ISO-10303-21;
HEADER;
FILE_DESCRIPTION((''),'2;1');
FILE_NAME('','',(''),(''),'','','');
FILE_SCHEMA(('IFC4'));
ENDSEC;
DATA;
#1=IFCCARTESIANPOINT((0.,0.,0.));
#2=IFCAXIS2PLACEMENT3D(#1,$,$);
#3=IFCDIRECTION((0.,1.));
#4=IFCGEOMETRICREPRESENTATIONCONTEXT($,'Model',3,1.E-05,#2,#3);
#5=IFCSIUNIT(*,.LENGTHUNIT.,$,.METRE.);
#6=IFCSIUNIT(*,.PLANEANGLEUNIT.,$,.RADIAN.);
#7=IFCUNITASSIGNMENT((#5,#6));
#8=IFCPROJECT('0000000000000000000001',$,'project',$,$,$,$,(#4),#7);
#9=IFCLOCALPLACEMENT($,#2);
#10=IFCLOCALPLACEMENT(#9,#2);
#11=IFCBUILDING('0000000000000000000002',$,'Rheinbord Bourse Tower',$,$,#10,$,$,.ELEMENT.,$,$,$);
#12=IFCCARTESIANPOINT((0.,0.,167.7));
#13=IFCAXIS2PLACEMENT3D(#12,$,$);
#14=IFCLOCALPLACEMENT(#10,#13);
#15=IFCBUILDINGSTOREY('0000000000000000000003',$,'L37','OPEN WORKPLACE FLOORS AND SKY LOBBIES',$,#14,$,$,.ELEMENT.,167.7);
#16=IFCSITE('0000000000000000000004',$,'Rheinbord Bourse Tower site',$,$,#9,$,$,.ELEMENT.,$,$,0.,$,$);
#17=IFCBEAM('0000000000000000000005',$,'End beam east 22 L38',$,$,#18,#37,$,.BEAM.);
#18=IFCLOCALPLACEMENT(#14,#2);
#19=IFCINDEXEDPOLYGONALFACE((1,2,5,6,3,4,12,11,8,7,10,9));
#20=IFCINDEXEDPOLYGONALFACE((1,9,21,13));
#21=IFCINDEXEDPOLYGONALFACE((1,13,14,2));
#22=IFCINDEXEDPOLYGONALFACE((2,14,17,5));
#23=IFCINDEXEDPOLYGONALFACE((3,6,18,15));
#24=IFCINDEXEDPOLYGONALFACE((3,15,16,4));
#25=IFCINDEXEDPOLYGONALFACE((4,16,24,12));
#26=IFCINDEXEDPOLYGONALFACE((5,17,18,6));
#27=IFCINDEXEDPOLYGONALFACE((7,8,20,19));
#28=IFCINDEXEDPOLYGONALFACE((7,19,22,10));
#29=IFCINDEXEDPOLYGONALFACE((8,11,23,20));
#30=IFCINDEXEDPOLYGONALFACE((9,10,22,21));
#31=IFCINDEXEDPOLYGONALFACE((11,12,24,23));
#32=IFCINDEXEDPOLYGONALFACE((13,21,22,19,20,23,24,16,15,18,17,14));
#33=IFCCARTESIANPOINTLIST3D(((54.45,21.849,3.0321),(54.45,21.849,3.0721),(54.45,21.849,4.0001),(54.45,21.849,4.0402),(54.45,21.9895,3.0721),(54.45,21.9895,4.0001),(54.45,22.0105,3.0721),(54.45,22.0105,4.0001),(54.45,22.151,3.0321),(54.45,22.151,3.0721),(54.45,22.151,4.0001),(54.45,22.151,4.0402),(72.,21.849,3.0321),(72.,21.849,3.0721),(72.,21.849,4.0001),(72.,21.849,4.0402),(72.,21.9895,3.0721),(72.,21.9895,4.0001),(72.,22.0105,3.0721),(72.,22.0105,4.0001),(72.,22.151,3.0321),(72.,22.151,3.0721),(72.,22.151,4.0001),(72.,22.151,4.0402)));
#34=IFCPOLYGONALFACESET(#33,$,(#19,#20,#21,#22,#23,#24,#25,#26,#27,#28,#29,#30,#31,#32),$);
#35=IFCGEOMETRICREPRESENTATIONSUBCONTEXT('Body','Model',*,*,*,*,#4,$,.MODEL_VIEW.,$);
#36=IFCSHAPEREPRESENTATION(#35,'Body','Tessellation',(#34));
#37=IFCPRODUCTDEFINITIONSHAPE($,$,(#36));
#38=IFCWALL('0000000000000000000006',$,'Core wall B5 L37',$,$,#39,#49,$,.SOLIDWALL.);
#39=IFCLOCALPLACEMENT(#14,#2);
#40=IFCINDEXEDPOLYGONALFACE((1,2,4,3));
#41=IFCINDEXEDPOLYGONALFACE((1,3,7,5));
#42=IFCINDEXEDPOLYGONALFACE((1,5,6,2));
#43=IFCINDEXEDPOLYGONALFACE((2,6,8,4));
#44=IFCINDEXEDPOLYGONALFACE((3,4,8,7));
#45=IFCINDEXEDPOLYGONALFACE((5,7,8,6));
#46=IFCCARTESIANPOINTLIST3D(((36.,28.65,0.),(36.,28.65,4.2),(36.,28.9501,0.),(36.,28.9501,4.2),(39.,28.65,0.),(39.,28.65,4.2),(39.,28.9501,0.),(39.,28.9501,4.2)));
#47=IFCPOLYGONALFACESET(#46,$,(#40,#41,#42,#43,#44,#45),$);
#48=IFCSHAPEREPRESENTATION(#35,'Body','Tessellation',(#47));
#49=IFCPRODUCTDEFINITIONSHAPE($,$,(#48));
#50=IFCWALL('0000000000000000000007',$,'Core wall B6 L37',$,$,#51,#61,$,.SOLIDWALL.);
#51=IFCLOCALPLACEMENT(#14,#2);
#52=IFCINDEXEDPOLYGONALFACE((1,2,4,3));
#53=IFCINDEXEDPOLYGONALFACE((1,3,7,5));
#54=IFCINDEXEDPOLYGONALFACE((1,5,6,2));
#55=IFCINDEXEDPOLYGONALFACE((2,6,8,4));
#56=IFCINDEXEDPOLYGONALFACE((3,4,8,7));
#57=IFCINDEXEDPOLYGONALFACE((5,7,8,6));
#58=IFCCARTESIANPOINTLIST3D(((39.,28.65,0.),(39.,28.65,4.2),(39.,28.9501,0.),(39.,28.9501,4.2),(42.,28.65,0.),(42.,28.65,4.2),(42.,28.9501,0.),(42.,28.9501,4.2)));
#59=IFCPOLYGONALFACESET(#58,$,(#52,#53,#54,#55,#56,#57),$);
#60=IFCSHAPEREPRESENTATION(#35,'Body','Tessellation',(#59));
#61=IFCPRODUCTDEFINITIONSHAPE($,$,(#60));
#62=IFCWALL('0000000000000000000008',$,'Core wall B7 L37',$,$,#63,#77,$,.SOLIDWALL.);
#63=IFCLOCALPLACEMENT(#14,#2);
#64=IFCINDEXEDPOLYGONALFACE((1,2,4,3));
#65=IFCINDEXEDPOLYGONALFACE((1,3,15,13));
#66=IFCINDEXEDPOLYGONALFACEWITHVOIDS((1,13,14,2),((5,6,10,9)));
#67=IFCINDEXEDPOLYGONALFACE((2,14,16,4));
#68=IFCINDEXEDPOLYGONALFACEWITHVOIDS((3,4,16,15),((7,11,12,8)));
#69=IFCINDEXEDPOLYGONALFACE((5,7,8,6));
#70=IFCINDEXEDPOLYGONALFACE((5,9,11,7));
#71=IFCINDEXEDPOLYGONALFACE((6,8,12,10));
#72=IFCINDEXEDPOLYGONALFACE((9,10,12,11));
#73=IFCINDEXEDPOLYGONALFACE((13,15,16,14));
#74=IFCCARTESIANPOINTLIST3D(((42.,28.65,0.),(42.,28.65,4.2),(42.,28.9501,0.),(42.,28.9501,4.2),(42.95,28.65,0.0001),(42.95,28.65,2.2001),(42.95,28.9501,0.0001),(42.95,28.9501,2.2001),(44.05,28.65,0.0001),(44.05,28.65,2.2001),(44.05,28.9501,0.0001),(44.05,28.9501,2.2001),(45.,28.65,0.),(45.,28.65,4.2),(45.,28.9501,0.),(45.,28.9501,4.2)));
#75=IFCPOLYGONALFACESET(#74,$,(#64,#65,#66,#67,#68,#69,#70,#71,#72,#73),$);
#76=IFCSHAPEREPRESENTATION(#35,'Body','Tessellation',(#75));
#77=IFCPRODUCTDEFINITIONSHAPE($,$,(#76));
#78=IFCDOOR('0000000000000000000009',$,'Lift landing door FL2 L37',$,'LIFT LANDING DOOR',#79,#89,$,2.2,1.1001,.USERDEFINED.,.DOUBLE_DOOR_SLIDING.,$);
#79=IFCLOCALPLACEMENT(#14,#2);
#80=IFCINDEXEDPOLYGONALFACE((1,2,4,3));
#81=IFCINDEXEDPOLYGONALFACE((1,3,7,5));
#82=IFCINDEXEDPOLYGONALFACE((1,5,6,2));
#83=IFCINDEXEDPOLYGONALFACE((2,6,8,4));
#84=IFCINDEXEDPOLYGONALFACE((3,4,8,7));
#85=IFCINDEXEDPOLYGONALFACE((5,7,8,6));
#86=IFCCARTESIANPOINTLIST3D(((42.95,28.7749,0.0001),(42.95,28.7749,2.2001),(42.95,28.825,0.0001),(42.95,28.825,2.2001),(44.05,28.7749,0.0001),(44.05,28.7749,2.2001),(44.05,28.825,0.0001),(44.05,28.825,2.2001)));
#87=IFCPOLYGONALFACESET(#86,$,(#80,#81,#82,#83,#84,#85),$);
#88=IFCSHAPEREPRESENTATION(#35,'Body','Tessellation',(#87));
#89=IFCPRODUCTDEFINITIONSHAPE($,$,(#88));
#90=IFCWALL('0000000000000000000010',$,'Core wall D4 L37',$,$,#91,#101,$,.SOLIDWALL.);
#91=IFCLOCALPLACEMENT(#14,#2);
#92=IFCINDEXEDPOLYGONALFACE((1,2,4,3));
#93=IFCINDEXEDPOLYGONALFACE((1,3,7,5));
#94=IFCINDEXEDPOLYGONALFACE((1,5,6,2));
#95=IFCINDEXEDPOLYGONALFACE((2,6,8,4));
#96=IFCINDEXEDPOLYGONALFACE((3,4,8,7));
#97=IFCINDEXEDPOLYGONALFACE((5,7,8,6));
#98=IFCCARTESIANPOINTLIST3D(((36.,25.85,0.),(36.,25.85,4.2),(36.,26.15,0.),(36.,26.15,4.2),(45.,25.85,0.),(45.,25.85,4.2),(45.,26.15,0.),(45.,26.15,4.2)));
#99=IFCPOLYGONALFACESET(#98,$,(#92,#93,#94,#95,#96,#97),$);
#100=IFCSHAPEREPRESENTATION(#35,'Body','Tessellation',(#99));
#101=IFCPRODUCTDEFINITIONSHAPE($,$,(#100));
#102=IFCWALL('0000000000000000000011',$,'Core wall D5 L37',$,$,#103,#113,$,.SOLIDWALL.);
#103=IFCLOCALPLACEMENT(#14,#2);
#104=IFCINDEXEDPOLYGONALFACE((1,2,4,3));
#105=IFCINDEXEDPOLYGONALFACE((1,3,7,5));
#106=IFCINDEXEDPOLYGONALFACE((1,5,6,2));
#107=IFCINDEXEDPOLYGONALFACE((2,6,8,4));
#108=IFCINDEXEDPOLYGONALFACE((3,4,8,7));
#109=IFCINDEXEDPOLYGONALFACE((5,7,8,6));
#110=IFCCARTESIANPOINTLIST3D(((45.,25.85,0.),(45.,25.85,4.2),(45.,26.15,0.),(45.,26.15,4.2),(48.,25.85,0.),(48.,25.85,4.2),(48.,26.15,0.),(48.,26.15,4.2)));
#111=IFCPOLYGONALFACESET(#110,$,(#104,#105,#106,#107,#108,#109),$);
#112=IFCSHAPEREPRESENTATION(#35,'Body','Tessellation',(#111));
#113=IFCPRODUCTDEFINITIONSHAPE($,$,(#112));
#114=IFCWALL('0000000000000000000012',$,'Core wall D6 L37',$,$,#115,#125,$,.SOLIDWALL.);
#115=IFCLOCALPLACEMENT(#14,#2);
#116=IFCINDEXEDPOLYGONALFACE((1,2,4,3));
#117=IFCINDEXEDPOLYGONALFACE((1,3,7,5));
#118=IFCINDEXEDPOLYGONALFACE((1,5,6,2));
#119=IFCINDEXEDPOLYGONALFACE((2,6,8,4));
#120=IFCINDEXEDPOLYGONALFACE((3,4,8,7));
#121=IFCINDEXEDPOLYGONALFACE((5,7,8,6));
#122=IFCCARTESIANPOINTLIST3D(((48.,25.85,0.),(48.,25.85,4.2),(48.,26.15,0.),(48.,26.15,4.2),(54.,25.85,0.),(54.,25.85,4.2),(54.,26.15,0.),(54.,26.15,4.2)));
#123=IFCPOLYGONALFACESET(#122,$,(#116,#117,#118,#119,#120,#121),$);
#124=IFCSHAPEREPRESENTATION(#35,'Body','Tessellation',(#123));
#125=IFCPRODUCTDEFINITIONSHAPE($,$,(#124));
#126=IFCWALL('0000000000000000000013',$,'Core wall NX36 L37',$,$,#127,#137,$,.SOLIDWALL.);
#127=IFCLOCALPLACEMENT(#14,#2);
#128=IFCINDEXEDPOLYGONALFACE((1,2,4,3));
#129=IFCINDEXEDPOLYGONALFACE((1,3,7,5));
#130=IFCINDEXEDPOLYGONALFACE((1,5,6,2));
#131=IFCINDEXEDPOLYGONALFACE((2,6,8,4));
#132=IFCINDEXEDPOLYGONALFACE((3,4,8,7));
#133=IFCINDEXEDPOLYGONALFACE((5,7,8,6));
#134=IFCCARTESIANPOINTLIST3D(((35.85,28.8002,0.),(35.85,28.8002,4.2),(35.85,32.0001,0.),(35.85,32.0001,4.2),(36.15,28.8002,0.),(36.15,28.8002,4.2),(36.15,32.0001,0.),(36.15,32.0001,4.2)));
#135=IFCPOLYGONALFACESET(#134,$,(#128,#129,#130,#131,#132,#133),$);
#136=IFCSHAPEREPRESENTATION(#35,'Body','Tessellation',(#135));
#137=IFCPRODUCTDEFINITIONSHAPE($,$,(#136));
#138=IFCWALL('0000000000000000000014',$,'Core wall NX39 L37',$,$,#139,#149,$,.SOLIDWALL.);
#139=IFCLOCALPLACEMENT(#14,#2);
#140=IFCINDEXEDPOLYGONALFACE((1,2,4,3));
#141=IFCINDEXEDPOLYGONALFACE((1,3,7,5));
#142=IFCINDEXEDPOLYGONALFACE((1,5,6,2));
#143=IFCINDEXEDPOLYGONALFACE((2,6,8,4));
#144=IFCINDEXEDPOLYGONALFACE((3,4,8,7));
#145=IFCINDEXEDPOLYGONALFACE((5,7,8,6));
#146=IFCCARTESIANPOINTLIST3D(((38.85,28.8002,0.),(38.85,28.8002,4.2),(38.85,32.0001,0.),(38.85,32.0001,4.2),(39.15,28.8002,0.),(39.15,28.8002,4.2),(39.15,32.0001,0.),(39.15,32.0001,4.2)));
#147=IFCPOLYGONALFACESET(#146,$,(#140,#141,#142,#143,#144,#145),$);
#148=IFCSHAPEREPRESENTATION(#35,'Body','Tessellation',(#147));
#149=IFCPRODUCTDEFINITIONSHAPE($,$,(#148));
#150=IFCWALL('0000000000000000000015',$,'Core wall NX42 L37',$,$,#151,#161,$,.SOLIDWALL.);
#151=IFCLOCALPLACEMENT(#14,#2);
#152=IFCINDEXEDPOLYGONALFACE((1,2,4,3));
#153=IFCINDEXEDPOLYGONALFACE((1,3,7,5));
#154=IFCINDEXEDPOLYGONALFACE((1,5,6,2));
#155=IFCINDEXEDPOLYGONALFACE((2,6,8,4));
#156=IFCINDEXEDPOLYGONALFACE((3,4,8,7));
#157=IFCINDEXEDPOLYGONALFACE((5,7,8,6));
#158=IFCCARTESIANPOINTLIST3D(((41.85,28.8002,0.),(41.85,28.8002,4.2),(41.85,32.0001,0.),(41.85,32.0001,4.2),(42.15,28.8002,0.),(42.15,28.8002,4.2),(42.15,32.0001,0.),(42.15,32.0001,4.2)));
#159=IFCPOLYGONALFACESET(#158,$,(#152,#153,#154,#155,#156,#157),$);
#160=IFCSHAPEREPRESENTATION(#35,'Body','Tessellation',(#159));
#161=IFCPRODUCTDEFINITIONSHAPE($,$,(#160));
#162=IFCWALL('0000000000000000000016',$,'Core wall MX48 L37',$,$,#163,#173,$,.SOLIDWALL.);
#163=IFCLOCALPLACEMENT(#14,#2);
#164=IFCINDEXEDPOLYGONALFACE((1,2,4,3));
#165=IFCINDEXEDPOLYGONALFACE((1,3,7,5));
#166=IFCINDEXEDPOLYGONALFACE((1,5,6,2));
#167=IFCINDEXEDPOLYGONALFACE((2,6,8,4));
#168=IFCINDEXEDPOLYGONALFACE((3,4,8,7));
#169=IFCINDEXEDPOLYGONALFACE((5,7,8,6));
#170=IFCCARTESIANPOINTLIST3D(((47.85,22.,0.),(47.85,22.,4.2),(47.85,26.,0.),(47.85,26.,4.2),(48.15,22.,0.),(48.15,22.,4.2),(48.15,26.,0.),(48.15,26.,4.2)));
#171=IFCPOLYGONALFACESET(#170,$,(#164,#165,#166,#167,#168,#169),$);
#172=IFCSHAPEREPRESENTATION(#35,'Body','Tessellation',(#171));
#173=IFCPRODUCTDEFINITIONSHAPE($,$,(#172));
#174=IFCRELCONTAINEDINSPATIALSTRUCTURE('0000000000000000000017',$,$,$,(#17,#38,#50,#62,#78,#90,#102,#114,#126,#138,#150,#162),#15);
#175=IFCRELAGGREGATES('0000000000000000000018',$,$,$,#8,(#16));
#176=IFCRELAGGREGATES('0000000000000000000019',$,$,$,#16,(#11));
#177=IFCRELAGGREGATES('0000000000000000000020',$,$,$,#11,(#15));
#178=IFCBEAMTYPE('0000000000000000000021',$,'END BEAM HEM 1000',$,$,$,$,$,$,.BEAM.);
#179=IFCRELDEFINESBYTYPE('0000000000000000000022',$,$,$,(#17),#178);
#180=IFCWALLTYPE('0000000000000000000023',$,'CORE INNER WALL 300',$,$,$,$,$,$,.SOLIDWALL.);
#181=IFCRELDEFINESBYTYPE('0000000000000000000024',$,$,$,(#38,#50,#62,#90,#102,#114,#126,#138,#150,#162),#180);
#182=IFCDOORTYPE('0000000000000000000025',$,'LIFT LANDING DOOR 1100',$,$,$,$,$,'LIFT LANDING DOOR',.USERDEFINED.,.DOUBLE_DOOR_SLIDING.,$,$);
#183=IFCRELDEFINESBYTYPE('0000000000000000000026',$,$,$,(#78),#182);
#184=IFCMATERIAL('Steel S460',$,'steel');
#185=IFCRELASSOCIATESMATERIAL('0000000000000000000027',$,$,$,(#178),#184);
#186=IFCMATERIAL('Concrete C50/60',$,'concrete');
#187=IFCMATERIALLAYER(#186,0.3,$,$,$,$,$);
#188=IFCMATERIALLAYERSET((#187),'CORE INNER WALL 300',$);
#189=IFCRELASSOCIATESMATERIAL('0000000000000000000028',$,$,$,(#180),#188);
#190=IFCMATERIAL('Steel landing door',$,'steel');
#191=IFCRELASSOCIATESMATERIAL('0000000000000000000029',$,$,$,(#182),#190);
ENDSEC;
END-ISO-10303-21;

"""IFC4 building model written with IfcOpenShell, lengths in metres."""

from ifc_helpers import new_model, si_unit, direction, frame, frame_2d, origin, origin_2d, place, context, subcontext, project, spatial, rectangle, i_section, extrude, material, layer, layer_set, material_profile, profile_set, type_object, element, fill, save


model = new_model("IFC4")

# Units and contexts
model_context = context("Model", 3, precision=1e-05, world=origin(), true_north=direction((0.0, 1.0)))
body_context = subcontext(model_context, "Body", "Model", "MODEL_VIEW")
ifc_project = project(units=[si_unit("LENGTHUNIT", "METRE"), si_unit("PLANEANGLEUNIT", "RADIAN")], contexts=[model_context])

# Site, building, storey
site_placement = place(None, origin())
site = spatial("IfcSite", under=ifc_project, at=site_placement, Name="Rheinbord Bourse Tower site", CompositionType="ELEMENT", RefElevation=0.0)
building_placement = place(site_placement, origin())
building = spatial("IfcBuilding", under=site, at=building_placement, Name="Rheinbord Bourse Tower", CompositionType="ELEMENT")
storey_placement = place(building_placement, frame((0.0, 0.0, 167.7)))
storey = spatial("IfcBuildingStorey", under=building, at=storey_placement, Name="L37", Description="OPEN WORKPLACE FLOORS AND SKY LOBBIES", CompositionType="ELEMENT", Elevation=167.7)

# Beam
ifc_material_1 = material(Name="Steel S460", Category="steel")
ifc_material_profile = material_profile(ifc_material_1, i_section(OverallWidth=0.302, OverallDepth=1.0081, WebThickness=0.021, FlangeThickness=0.04, at=origin_2d()), Name="HEM 1000")
ifc_profile_set = profile_set([ifc_material_profile], Name="Steel S460")
beam_type = type_object("IfcBeamType", Name="END BEAM HEM 1000", PredefinedType="BEAM", material=ifc_profile_set)
beam_placement = place(storey_placement, frame((54.45, 22.0, 3.5361), z_axis=(1.0, 0.0, 0.0), x_axis=(0.0, 1.0, 0.0)))
element("IfcBeam", 1, at=beam_placement, inside=storey, type_object=beam_type, Name="End beam east 22 L38", PredefinedType="BEAM", context=body_context, shape_type="SweptSolid", body=[
    extrude(i_section(OverallWidth=0.302, OverallDepth=1.0081, WebThickness=0.021, FlangeThickness=0.04, at=origin_2d()), origin(), (0.0, 0.0, 1.0), 17.55),
])

# Walls
ifc_material_2 = material(Name="Concrete C50/60", Category="concrete")
ifc_layer_1 = layer(ifc_material_2, 0.3)
ifc_layer_set_1 = layer_set([ifc_layer_1], Name="CORE INNER WALL 300")
wall_type_1 = type_object("IfcWallType", Name="CORE INNER WALL 300", PredefinedType="SOLIDWALL", material=ifc_layer_set_1)
for number, where, z_axis, x_axis, name in (
    (2, (36.0, 28.8, 0.0), (0.0, 0.0, 1.0), (1.0, 0.0, 0.0), "Core wall B5 L37"),
    (3, (39.0, 28.8, 0.0), (0.0, 0.0, 1.0), (1.0, 0.0, 0.0), "Core wall B6 L37"),
):
    element("IfcWall", number, at=place(storey_placement, frame(where, z_axis=z_axis, x_axis=x_axis)), inside=storey, type_object=wall_type_1, Name=name, PredefinedType="SOLIDWALL", context=body_context, shape_type="SweptSolid", body=[
        extrude(rectangle(XDim=3.0, YDim=0.3, at=frame_2d((1.5, 0.0))), origin(), (0.0, 0.0, 1.0), 4.2),
    ])

# Wall, opening, door
wall_1_placement = place(storey_placement, frame((42.0, 28.8, 0.0), z_axis=(0.0, 0.0, 1.0), x_axis=(1.0, 0.0, 0.0)))
wall_1 = element("IfcWall", 4, at=wall_1_placement, inside=storey, type_object=wall_type_1, Name="Core wall B7 L37", PredefinedType="SOLIDWALL", context=body_context, shape_type="SweptSolid", body=[
    extrude(rectangle(XDim=3.0, YDim=0.3, at=frame_2d((1.5, 0.0))), origin(), (0.0, 0.0, 1.0), 4.2),
])
opening_1_placement = place(wall_1_placement, frame((0.95, 0.0, 0.0)))
opening_1 = element("IfcOpeningElement", 5, at=opening_1_placement, cuts=wall_1, PredefinedType="OPENING", context=body_context, shape_type="SweptSolid", body=[
    extrude(rectangle(XDim=1.1001, YDim=2.2, at=frame_2d((0.55, 1.1001))), frame((0.0, 0.1599, 0.0), z_axis=(0.0, -1.0, 0.0), x_axis=(1.0, 0.0, 0.0)), (0.0, 0.0, 1.0), 0.3201),
])
ifc_material_3 = material(Name="Steel landing door", Category="steel")
door_type_1 = type_object("IfcDoorType", Name="LIFT LANDING DOOR 1100", ElementType="LIFT LANDING DOOR", OperationType="DOUBLE_DOOR_SLIDING", PredefinedType="USERDEFINED", material=ifc_material_3)
door_1_placement = place(opening_1_placement, origin())
door_1 = element("IfcDoor", 6, at=door_1_placement, inside=storey, type_object=door_type_1, Name="Lift landing door FL2 L37", ObjectType="LIFT LANDING DOOR", OperationType="DOUBLE_DOOR_SLIDING", OverallHeight=2.2, OverallWidth=1.1001, PredefinedType="USERDEFINED", context=body_context, shape_type="SweptSolid", body=[
    extrude(rectangle(XDim=1.1001, YDim=2.2, at=frame_2d((0.55, 1.1001))), frame((0.0, 0.0249, 0.0), z_axis=(0.0, -1.0, 0.0), x_axis=(1.0, 0.0, 0.0)), (0.0, 0.0, 1.0), 0.05),
])
fill(opening_1, door_1)

# Walls
wall_2_placement = place(storey_placement, frame((36.0, 26.0, 0.0), z_axis=(0.0, 0.0, 1.0), x_axis=(1.0, 0.0, 0.0)))
element("IfcWall", 7, at=wall_2_placement, inside=storey, type_object=wall_type_1, Name="Core wall D4 L37", PredefinedType="SOLIDWALL", context=body_context, shape_type="SweptSolid", body=[
    extrude(rectangle(XDim=9.0, YDim=0.3, at=frame_2d((4.5, 0.0))), origin(), (0.0, 0.0, 1.0), 4.2),
])
wall_3_placement = place(storey_placement, frame((45.0, 26.0, 0.0), z_axis=(0.0, 0.0, 1.0), x_axis=(1.0, 0.0, 0.0)))
element("IfcWall", 8, at=wall_3_placement, inside=storey, type_object=wall_type_1, Name="Core wall D5 L37", PredefinedType="SOLIDWALL", context=body_context, shape_type="SweptSolid", body=[
    extrude(rectangle(XDim=3.0, YDim=0.3, at=frame_2d((1.5, 0.0))), origin(), (0.0, 0.0, 1.0), 4.2),
])
wall_4_placement = place(storey_placement, frame((48.0, 26.0, 0.0), z_axis=(0.0, 0.0, 1.0), x_axis=(1.0, 0.0, 0.0)))
element("IfcWall", 9, at=wall_4_placement, inside=storey, type_object=wall_type_1, Name="Core wall D6 L37", PredefinedType="SOLIDWALL", context=body_context, shape_type="SweptSolid", body=[
    extrude(rectangle(XDim=6.0, YDim=0.3, at=frame_2d((3.0, 0.0))), origin(), (0.0, 0.0, 1.0), 4.2),
])
for number, where, z_axis, x_axis, name in (
    (10, (36.0, 28.8, 0.0), (0.0, 0.0, 1.0), (0.0, 1.0, 0.0), "Core wall NX36 L37"),
    (11, (39.0, 28.8, 0.0), (0.0, 0.0, 1.0), (0.0, 1.0, 0.0), "Core wall NX39 L37"),
    (12, (42.0, 28.8, 0.0), (0.0, 0.0, 1.0), (0.0, 1.0, 0.0), "Core wall NX42 L37"),
):
    element("IfcWall", number, at=place(storey_placement, frame(where, z_axis=z_axis, x_axis=x_axis)), inside=storey, type_object=wall_type_1, Name=name, PredefinedType="SOLIDWALL", context=body_context, shape_type="SweptSolid", body=[
        extrude(rectangle(XDim=3.2, YDim=0.3, at=frame_2d((1.6001, 0.0))), origin(), (0.0, 0.0, 1.0), 4.2),
    ])
wall_5_placement = place(storey_placement, frame((48.0, 22.0, 0.0), z_axis=(0.0, 0.0, 1.0), x_axis=(0.0, 1.0, 0.0)))
element("IfcWall", 13, at=wall_5_placement, inside=storey, type_object=wall_type_1, Name="Core wall MX48 L37", PredefinedType="SOLIDWALL", context=body_context, shape_type="SweptSolid", body=[
    extrude(rectangle(XDim=4.0, YDim=0.3, at=frame_2d((2.0, 0.0))), origin(), (0.0, 0.0, 1.0), 4.2),
])

save(model, "model.ifc")
